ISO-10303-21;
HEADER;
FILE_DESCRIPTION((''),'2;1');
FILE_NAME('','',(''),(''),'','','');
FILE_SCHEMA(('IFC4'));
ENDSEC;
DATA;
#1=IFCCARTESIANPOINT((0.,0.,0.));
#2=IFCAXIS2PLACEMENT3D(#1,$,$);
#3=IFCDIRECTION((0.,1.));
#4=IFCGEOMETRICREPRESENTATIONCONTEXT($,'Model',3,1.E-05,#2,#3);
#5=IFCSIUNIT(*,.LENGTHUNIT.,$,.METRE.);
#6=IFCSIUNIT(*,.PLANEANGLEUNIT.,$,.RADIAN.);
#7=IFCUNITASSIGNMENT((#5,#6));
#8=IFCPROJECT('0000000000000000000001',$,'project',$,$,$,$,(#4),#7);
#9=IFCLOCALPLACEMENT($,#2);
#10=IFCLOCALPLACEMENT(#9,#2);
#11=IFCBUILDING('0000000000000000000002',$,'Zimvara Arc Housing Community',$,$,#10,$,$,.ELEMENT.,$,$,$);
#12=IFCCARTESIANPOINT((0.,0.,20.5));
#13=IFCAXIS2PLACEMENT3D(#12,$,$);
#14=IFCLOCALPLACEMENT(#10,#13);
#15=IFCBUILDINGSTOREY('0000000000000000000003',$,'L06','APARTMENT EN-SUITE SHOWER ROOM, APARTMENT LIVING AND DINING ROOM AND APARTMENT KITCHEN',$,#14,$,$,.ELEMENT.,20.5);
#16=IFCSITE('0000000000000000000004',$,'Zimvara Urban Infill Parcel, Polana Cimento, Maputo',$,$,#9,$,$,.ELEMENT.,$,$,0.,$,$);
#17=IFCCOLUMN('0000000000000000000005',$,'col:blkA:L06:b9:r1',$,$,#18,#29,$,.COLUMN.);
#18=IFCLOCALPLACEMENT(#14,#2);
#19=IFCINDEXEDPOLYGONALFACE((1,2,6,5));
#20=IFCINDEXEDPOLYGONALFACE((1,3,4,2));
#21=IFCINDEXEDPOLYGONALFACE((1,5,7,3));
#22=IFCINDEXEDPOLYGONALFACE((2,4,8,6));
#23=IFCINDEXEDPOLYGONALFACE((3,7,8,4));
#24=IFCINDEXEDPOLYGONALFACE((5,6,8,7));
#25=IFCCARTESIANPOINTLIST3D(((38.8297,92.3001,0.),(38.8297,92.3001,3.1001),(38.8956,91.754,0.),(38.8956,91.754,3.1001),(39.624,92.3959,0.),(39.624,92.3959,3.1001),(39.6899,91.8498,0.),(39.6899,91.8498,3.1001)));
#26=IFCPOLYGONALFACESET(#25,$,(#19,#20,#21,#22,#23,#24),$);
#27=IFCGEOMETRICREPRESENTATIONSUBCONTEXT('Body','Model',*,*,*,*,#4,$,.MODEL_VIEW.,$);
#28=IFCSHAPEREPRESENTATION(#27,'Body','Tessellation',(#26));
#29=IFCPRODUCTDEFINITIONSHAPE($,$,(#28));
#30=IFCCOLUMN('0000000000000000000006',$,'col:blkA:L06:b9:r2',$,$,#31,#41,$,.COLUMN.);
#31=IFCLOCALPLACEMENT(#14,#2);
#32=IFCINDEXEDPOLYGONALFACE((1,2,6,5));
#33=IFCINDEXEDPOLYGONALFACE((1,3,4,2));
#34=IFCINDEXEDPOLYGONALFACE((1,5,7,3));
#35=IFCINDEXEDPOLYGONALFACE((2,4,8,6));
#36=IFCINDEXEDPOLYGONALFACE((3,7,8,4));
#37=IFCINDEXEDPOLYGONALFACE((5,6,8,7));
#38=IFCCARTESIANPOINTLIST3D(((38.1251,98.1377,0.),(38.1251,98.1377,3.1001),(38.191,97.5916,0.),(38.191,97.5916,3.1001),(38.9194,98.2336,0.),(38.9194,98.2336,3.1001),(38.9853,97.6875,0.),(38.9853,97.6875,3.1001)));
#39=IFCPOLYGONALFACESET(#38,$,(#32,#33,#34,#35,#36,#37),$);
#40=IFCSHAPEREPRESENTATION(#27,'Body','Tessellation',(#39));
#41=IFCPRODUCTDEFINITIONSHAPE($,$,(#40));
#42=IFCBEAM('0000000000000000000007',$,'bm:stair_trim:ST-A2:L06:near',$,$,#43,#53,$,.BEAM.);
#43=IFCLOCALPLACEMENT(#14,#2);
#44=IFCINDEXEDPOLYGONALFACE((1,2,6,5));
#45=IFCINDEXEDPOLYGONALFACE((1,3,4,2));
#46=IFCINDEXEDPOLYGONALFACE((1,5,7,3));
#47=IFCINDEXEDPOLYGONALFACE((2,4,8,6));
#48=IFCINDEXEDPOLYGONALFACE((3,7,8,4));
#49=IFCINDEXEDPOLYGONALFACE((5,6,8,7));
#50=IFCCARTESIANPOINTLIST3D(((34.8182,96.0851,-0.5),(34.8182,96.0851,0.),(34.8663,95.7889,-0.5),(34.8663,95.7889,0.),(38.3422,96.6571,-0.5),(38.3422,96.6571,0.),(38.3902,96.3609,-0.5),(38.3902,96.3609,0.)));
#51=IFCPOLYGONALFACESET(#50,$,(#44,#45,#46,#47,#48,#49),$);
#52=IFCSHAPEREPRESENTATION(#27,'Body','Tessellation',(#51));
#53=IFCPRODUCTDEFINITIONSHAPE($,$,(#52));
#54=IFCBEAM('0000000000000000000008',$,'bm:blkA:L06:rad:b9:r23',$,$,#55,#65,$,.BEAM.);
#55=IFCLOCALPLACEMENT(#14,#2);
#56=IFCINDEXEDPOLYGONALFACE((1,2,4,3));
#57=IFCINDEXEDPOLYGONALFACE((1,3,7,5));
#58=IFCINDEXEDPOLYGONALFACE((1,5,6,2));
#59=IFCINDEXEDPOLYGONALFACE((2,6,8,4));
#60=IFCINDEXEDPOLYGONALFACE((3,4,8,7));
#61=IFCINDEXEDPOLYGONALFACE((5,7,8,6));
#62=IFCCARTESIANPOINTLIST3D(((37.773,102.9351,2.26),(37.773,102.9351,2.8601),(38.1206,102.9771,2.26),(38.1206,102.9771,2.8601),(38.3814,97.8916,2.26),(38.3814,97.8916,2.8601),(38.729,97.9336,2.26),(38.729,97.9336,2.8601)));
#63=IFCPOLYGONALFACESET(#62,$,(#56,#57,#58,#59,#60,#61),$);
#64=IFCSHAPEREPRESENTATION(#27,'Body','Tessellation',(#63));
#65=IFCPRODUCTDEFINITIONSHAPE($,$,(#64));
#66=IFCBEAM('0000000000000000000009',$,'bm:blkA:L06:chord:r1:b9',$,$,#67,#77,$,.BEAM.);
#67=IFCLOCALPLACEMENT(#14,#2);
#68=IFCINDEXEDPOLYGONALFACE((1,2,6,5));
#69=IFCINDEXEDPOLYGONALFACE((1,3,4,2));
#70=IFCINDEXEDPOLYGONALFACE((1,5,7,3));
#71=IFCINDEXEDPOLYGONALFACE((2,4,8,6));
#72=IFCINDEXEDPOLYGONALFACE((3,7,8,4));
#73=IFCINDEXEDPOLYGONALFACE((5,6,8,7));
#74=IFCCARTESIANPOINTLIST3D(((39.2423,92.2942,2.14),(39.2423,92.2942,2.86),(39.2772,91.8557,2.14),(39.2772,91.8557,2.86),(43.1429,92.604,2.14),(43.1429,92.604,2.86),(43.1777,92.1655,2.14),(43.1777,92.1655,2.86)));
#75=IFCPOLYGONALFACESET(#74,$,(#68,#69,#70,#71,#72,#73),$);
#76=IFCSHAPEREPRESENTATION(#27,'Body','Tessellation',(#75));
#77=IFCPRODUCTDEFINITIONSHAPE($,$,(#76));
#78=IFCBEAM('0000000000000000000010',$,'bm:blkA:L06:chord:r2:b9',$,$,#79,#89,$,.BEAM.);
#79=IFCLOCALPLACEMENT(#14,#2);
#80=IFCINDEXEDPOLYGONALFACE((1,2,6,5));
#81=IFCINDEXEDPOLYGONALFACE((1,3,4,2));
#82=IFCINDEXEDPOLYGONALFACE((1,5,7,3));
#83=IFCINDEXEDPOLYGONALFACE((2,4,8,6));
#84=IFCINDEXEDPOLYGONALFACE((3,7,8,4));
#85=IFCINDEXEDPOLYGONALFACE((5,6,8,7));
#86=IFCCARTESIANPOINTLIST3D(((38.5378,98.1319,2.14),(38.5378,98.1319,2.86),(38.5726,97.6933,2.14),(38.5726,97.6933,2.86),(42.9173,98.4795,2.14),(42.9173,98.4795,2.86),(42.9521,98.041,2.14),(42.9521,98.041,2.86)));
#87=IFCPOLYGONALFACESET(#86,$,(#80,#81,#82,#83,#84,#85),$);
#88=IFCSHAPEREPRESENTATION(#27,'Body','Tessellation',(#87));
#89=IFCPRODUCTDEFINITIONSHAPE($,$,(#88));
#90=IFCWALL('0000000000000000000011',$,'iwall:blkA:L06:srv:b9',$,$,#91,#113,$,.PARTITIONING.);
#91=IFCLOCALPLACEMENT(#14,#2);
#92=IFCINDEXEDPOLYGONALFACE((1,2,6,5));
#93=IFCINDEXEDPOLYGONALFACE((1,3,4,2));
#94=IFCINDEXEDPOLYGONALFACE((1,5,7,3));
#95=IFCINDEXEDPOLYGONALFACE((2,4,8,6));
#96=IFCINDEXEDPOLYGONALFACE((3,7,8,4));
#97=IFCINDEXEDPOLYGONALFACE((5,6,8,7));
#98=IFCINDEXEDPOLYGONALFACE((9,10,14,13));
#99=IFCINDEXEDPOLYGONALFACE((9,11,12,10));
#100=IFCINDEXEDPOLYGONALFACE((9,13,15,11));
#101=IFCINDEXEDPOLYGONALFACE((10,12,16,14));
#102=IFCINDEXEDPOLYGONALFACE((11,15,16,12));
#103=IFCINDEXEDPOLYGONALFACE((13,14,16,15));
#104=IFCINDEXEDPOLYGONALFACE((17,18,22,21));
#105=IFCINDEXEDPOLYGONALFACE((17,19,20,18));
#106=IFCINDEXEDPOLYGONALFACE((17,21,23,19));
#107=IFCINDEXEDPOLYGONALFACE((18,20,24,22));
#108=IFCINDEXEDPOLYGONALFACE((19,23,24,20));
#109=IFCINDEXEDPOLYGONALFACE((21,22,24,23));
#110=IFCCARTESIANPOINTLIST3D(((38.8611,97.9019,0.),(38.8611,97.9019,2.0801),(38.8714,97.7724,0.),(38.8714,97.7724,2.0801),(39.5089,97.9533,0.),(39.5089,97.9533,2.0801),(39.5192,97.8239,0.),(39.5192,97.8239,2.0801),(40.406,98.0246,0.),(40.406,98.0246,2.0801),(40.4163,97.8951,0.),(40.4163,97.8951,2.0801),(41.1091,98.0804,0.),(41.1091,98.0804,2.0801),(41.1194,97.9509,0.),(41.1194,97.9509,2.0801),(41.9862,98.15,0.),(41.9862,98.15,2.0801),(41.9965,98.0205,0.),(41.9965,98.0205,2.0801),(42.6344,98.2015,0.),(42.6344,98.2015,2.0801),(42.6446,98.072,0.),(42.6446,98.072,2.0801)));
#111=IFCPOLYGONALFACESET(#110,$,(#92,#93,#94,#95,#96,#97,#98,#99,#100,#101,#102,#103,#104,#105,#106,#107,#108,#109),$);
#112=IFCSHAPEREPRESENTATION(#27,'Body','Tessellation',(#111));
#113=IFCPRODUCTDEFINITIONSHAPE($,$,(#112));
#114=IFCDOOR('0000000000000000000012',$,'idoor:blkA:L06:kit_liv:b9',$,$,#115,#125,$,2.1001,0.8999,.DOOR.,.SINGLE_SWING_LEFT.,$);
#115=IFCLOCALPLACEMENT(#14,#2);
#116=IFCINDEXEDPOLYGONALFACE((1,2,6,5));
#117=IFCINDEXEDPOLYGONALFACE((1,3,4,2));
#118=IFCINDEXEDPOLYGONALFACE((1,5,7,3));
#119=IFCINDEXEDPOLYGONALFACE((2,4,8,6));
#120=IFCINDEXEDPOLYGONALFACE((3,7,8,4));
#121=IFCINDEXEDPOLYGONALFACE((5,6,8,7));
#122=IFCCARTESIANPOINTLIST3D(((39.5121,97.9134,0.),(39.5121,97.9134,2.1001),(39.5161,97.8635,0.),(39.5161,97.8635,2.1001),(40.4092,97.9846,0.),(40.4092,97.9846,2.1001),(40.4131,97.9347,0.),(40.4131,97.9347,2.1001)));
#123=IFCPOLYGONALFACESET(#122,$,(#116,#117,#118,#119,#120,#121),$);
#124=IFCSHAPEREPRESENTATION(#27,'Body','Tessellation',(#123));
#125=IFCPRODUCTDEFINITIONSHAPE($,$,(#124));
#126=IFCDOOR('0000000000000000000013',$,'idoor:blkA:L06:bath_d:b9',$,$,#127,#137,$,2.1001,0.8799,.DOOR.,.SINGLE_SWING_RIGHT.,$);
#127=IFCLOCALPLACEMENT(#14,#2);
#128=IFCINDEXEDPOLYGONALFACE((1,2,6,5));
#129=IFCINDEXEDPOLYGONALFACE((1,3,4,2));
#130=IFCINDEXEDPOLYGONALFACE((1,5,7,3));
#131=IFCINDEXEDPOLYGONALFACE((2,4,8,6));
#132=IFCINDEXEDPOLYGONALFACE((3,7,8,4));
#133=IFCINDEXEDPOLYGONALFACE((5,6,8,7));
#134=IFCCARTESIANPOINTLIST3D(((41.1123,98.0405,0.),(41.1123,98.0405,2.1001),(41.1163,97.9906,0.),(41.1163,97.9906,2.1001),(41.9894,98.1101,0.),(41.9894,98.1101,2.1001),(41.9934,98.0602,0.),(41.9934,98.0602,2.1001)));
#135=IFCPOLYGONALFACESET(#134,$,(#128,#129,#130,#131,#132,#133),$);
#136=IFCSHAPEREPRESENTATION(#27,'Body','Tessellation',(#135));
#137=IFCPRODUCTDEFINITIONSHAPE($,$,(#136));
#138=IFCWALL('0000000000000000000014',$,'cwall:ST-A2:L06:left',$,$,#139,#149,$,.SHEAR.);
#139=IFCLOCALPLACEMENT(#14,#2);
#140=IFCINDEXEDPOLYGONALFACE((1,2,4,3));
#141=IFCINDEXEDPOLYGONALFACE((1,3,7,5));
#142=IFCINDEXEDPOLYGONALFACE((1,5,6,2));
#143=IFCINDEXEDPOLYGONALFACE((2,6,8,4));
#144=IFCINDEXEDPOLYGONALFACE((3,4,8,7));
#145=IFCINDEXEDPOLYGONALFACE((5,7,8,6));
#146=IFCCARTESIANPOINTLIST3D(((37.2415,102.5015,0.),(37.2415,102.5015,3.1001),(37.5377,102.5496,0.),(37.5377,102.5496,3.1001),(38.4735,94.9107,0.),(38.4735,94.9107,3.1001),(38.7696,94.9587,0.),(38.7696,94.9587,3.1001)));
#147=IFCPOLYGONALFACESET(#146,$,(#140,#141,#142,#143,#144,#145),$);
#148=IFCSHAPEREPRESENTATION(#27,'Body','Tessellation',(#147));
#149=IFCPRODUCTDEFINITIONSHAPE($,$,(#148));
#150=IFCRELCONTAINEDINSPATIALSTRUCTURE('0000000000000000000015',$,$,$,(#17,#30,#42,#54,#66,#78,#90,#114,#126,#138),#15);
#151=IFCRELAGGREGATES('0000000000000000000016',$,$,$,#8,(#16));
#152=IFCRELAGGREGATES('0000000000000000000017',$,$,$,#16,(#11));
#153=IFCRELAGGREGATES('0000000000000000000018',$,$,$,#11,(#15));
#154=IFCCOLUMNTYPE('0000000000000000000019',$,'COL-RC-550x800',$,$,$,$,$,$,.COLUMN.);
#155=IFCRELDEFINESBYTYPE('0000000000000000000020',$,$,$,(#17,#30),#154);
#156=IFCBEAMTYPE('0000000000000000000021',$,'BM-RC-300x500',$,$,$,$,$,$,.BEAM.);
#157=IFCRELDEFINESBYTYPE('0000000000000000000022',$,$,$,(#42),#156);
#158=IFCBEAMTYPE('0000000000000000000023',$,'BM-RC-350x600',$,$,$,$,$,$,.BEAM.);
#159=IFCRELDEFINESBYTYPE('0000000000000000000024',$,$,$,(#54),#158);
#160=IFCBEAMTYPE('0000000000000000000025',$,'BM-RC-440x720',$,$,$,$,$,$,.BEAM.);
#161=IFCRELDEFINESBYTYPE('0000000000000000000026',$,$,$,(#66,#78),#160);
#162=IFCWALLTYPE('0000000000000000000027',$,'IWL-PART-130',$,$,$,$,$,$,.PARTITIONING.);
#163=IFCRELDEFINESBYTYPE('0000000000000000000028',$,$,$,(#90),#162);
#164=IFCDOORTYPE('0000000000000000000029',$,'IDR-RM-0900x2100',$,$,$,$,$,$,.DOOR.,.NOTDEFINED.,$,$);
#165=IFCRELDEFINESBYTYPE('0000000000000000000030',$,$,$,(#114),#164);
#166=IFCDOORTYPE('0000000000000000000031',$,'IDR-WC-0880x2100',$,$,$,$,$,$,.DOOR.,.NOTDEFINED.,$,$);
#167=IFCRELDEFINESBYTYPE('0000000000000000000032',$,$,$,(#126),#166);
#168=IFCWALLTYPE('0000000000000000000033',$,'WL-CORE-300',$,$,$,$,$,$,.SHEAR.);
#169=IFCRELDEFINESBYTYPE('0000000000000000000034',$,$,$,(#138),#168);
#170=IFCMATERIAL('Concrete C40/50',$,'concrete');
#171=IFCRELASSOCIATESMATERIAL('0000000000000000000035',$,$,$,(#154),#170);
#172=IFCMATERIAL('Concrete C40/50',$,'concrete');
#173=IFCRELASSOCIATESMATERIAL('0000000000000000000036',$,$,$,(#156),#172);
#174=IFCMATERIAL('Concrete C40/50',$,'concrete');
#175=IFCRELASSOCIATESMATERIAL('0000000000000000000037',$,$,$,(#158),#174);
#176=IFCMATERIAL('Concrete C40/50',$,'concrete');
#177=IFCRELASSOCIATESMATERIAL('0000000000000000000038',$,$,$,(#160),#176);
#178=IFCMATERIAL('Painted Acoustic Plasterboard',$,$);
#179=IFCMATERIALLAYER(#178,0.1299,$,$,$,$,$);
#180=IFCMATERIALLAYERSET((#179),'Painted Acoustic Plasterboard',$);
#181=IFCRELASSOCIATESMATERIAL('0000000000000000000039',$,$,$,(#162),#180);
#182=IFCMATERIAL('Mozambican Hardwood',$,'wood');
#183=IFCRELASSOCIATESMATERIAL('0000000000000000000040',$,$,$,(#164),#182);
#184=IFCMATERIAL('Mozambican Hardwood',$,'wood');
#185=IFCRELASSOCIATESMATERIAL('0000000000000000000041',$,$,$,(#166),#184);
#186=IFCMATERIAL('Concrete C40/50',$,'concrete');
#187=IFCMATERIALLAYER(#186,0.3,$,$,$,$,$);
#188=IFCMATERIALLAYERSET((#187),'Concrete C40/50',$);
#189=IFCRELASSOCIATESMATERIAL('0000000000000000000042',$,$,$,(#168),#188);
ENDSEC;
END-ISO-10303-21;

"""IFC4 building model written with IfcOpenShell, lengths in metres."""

from ifc_helpers import new_model, si_unit, direction, frame, frame_2d, origin, origin_2d, place, context, subcontext, project, spatial, rectangle, extrude, material, layer, layer_set, material_profile, profile_set, type_object, element, fill, save


model = new_model("IFC4")

# Units and contexts
model_context = context("Model", 3, precision=1e-05, world=origin(), true_north=direction((0.0, 1.0)))
body_context = subcontext(model_context, "Body", "Model", "MODEL_VIEW")
ifc_project = project(units=[si_unit("LENGTHUNIT", "METRE"), si_unit("PLANEANGLEUNIT", "RADIAN")], contexts=[model_context])

# Site, building, storey
site_placement = place(None, origin())
site = spatial("IfcSite", under=ifc_project, at=site_placement, Name="Zimvara Urban Infill Parcel, Polana Cimento, Maputo", CompositionType="ELEMENT", RefElevation=0.0)
building_placement = place(site_placement, origin())
building = spatial("IfcBuilding", under=site, at=building_placement, Name="Zimvara Arc Housing Community", CompositionType="ELEMENT")
storey_placement = place(building_placement, frame((0.0, 0.0, 20.5)))
storey = spatial("IfcBuildingStorey", under=building, at=storey_placement, Name="L06", Description="APARTMENT EN-SUITE SHOWER ROOM, APARTMENT LIVING AND DINING ROOM AND APARTMENT KITCHEN", CompositionType="ELEMENT", Elevation=20.5)

# Columns
ifc_material_1 = material(Name="Concrete C40/50", Category="concrete")
ifc_material_profile_1 = material_profile(ifc_material_1, rectangle(XDim=0.55, YDim=0.8, at=origin_2d()), Name="RC 550x800")
ifc_profile_set_1 = profile_set([ifc_material_profile_1], Name="Concrete C40/50")
column_type = type_object("IfcColumnType", Name="COL-RC-550x800", PredefinedType="COLUMN", material=ifc_profile_set_1)
for number, where, z_axis, x_axis, name in (
    (1, (39.2598, 92.075, 0.0), (0.0, 0.0, 1.0), (-0.11979, 0.992799, 0.0), "col:blkA:L06:b9:r1"),
    (2, (38.5552, 97.9126, 0.0), (0.0, 0.0, 1.0), (-0.11979, 0.992799, 0.0), "col:blkA:L06:b9:r2"),
):
    element("IfcColumn", number, at=place(storey_placement, frame(where, z_axis=z_axis, x_axis=x_axis)), inside=storey, type_object=column_type, Name=name, PredefinedType="COLUMN", context=body_context, shape_type="SweptSolid", body=[
        extrude(rectangle(XDim=0.55, YDim=0.8, at=origin_2d()), origin(), (0.0, 0.0, 1.0), 3.1001),
    ])

# Beams
ifc_material_2 = material(Name="Concrete C40/50", Category="concrete")
ifc_material_profile_2 = material_profile(ifc_material_2, rectangle(XDim=0.3, YDim=0.5, at=origin_2d()), Name="RC 300x500")
ifc_profile_set_2 = profile_set([ifc_material_profile_2], Name="Concrete C40/50")
beam_type_1 = type_object("IfcBeamType", Name="BM-RC-300x500", PredefinedType="BEAM", material=ifc_profile_set_2)
beam_1_placement = place(storey_placement, frame((38.3662, 96.509, -0.25), z_axis=(-0.98708, -0.160228, 0.0), x_axis=(0.160228, -0.98708, 0.0)))
element("IfcBeam", 3, at=beam_1_placement, inside=storey, type_object=beam_type_1, Name="bm:stair_trim:ST-A2:L06:near", PredefinedType="BEAM", context=body_context, shape_type="SweptSolid", body=[
    extrude(rectangle(XDim=0.3, YDim=0.5, at=origin_2d()), origin(), (0.0, 0.0, 1.0), 3.5701),
])
ifc_material_3 = material(Name="Concrete C40/50", Category="concrete")
ifc_material_profile_3 = material_profile(ifc_material_3, rectangle(XDim=0.3501, YDim=0.6001, at=origin_2d()), Name="RC 350x600")
ifc_profile_set_3 = profile_set([ifc_material_profile_3], Name="Concrete C40/50")
beam_type_2 = type_object("IfcBeamType", Name="BM-RC-350x600", PredefinedType="BEAM", material=ifc_profile_set_3)
beam_2_placement = place(storey_placement, frame((38.5552, 97.9126, 2.5601), z_axis=(-0.119763, 0.992803, 0.0), x_axis=(-0.992803, -0.119763, 0.0)))
element("IfcBeam", 4, at=beam_2_placement, inside=storey, type_object=beam_type_2, Name="bm:blkA:L06:rad:b9:r23", PredefinedType="BEAM", context=body_context, shape_type="SweptSolid", body=[
    extrude(rectangle(XDim=0.3501, YDim=0.6001, at=origin_2d()), origin(), (0.0, 0.0, 1.0), 5.0801),
])
ifc_material_4 = material(Name="Concrete C40/50", Category="concrete")
ifc_material_profile_4 = material_profile(ifc_material_4, rectangle(XDim=0.4399, YDim=0.72, at=origin_2d()), Name="RC 440x720")
ifc_profile_set_4 = profile_set([ifc_material_profile_4], Name="Concrete C40/50")
beam_type_3 = type_object("IfcBeamType", Name="BM-RC-440x720", PredefinedType="BEAM", material=ifc_profile_set_4)
beam_3_placement = place(storey_placement, frame((39.2598, 92.075, 2.5), z_axis=(0.996861, 0.079177, 0.0), x_axis=(-0.079177, 0.996861, 0.0)))
element("IfcBeam", 5, at=beam_3_placement, inside=storey, type_object=beam_type_3, Name="bm:blkA:L06:chord:r1:b9", PredefinedType="BEAM", context=body_context, shape_type="SweptSolid", body=[
    extrude(rectangle(XDim=0.4399, YDim=0.72, at=origin_2d()), origin(), (0.0, 0.0, 1.0), 3.9128),
])
beam_4_placement = place(storey_placement, frame((38.5552, 97.9126, 2.5), z_axis=(0.996864, 0.079131, 0.0), x_axis=(-0.079131, 0.996864, 0.0)))
element("IfcBeam", 6, at=beam_4_placement, inside=storey, type_object=beam_type_3, Name="bm:blkA:L06:chord:r2:b9", PredefinedType="BEAM", context=body_context, shape_type="SweptSolid", body=[
    extrude(rectangle(XDim=0.4399, YDim=0.72, at=origin_2d()), origin(), (0.0, 0.0, 1.0), 4.3933),
])

# Wall, openings, doors
ifc_material_5 = material(Name="Painted Acoustic Plasterboard")
ifc_layer_1 = layer(ifc_material_5, 0.1299)
ifc_layer_set_1 = layer_set([ifc_layer_1], Name="Painted Acoustic Plasterboard")
wall_type_1 = type_object("IfcWallType", Name="IWL-PART-130", PredefinedType="PARTITIONING", material=ifc_layer_set_1)
wall_1_placement = place(storey_placement, frame((38.8662, 97.8372, 0.0), z_axis=(0.0, 0.0, 1.0), x_axis=(0.996863, 0.079143, 0.0)))
wall_1 = element("IfcWall", 7, at=wall_1_placement, inside=storey, type_object=wall_type_1, Name="iwall:blkA:L06:srv:b9", PredefinedType="PARTITIONING", context=body_context, shape_type="SweptSolid", body=[
    extrude(rectangle(XDim=3.7852, YDim=0.1299, at=frame_2d((1.8926, 0.0))), origin(), (0.0, 0.0, 1.0), 2.0801),
])
opening_1_placement = place(wall_1_placement, frame((0.6499, 0.0, 0.0)))
opening_1 = element("IfcOpeningElement", 8, at=opening_1_placement, cuts=wall_1, PredefinedType="OPENING", context=body_context, shape_type="SweptSolid", body=[
    extrude(rectangle(XDim=0.8999, YDim=2.1001, at=frame_2d((0.45, 1.05))), frame((0.0, 0.075, 0.0), z_axis=(0.0, -1.0, 0.0), x_axis=(1.0, 0.0, 0.0)), (0.0, 0.0, 1.0), 0.1499),
])
opening_2_placement = place(wall_1_placement, frame((2.2551, 0.0, 0.0)))
opening_2 = element("IfcOpeningElement", 9, at=opening_2_placement, cuts=wall_1, PredefinedType="OPENING", context=body_context, shape_type="SweptSolid", body=[
    extrude(rectangle(XDim=0.8799, YDim=2.1001, at=frame_2d((0.4399, 1.05))), frame((0.0, 0.075, 0.0), z_axis=(0.0, -1.0, 0.0), x_axis=(1.0, 0.0, 0.0)), (0.0, 0.0, 1.0), 0.1499),
])
ifc_material_6 = material(Name="Mozambican Hardwood", Category="wood")
door_type_1 = type_object("IfcDoorType", Name="IDR-RM-0900x2100", OperationType="NOTDEFINED", PredefinedType="DOOR", material=ifc_material_6)
door_1_placement = place(opening_1_placement, origin())
door_1 = element("IfcDoor", 10, at=door_1_placement, inside=storey, type_object=door_type_1, Name="idoor:blkA:L06:kit_liv:b9", OperationType="SINGLE_SWING_LEFT", OverallHeight=2.1001, OverallWidth=0.8999, PredefinedType="DOOR", context=body_context, shape_type="SweptSolid", body=[
    extrude(rectangle(XDim=0.8999, YDim=2.1001, at=frame_2d((0.45, 1.05))), frame((0.0, 0.0249, 0.0), z_axis=(0.0, -1.0, 0.0), x_axis=(1.0, 0.0, 0.0)), (0.0, 0.0, 1.0), 0.05),
])
fill(opening_1, door_1)
ifc_material_7 = material(Name="Mozambican Hardwood", Category="wood")
door_type_2 = type_object("IfcDoorType", Name="IDR-WC-0880x2100", OperationType="NOTDEFINED", PredefinedType="DOOR", material=ifc_material_7)
door_2_placement = place(opening_2_placement, origin())
door_2 = element("IfcDoor", 11, at=door_2_placement, inside=storey, type_object=door_type_2, Name="idoor:blkA:L06:bath_d:b9", OperationType="SINGLE_SWING_RIGHT", OverallHeight=2.1001, OverallWidth=0.8799, PredefinedType="DOOR", context=body_context, shape_type="SweptSolid", body=[
    extrude(rectangle(XDim=0.8799, YDim=2.1001, at=frame_2d((0.4399, 1.05))), frame((0.0, 0.0249, 0.0), z_axis=(0.0, -1.0, 0.0), x_axis=(1.0, 0.0, 0.0)), (0.0, 0.0, 1.0), 0.05),
])
fill(opening_2, door_2)

# Shared definitions
ifc_material_8 = material(Name="Concrete C40/50", Category="concrete")
ifc_layer_2 = layer(ifc_material_8, 0.3)
ifc_layer_set_2 = layer_set([ifc_layer_2], Name="Concrete C40/50")
wall_type_2 = type_object("IfcWallType", Name="WL-CORE-300", PredefinedType="SHEAR", material=ifc_layer_set_2)

# Wall
wall_2_placement = place(storey_placement, frame((38.6216, 94.9346, 0.0), z_axis=(0.0, 0.0, 1.0), x_axis=(-0.160197, 0.987085, 0.0)))
element("IfcWall", 12, at=wall_2_placement, inside=storey, type_object=wall_type_2, Name="cwall:ST-A2:L06:left", PredefinedType="SHEAR", context=body_context, shape_type="SweptSolid", body=[
    extrude(rectangle(XDim=7.6902, YDim=0.3, at=frame_2d((3.8452, 0.0))), origin(), (0.0, 0.0, 1.0), 3.1001),
])

save(model, "model.ifc")
